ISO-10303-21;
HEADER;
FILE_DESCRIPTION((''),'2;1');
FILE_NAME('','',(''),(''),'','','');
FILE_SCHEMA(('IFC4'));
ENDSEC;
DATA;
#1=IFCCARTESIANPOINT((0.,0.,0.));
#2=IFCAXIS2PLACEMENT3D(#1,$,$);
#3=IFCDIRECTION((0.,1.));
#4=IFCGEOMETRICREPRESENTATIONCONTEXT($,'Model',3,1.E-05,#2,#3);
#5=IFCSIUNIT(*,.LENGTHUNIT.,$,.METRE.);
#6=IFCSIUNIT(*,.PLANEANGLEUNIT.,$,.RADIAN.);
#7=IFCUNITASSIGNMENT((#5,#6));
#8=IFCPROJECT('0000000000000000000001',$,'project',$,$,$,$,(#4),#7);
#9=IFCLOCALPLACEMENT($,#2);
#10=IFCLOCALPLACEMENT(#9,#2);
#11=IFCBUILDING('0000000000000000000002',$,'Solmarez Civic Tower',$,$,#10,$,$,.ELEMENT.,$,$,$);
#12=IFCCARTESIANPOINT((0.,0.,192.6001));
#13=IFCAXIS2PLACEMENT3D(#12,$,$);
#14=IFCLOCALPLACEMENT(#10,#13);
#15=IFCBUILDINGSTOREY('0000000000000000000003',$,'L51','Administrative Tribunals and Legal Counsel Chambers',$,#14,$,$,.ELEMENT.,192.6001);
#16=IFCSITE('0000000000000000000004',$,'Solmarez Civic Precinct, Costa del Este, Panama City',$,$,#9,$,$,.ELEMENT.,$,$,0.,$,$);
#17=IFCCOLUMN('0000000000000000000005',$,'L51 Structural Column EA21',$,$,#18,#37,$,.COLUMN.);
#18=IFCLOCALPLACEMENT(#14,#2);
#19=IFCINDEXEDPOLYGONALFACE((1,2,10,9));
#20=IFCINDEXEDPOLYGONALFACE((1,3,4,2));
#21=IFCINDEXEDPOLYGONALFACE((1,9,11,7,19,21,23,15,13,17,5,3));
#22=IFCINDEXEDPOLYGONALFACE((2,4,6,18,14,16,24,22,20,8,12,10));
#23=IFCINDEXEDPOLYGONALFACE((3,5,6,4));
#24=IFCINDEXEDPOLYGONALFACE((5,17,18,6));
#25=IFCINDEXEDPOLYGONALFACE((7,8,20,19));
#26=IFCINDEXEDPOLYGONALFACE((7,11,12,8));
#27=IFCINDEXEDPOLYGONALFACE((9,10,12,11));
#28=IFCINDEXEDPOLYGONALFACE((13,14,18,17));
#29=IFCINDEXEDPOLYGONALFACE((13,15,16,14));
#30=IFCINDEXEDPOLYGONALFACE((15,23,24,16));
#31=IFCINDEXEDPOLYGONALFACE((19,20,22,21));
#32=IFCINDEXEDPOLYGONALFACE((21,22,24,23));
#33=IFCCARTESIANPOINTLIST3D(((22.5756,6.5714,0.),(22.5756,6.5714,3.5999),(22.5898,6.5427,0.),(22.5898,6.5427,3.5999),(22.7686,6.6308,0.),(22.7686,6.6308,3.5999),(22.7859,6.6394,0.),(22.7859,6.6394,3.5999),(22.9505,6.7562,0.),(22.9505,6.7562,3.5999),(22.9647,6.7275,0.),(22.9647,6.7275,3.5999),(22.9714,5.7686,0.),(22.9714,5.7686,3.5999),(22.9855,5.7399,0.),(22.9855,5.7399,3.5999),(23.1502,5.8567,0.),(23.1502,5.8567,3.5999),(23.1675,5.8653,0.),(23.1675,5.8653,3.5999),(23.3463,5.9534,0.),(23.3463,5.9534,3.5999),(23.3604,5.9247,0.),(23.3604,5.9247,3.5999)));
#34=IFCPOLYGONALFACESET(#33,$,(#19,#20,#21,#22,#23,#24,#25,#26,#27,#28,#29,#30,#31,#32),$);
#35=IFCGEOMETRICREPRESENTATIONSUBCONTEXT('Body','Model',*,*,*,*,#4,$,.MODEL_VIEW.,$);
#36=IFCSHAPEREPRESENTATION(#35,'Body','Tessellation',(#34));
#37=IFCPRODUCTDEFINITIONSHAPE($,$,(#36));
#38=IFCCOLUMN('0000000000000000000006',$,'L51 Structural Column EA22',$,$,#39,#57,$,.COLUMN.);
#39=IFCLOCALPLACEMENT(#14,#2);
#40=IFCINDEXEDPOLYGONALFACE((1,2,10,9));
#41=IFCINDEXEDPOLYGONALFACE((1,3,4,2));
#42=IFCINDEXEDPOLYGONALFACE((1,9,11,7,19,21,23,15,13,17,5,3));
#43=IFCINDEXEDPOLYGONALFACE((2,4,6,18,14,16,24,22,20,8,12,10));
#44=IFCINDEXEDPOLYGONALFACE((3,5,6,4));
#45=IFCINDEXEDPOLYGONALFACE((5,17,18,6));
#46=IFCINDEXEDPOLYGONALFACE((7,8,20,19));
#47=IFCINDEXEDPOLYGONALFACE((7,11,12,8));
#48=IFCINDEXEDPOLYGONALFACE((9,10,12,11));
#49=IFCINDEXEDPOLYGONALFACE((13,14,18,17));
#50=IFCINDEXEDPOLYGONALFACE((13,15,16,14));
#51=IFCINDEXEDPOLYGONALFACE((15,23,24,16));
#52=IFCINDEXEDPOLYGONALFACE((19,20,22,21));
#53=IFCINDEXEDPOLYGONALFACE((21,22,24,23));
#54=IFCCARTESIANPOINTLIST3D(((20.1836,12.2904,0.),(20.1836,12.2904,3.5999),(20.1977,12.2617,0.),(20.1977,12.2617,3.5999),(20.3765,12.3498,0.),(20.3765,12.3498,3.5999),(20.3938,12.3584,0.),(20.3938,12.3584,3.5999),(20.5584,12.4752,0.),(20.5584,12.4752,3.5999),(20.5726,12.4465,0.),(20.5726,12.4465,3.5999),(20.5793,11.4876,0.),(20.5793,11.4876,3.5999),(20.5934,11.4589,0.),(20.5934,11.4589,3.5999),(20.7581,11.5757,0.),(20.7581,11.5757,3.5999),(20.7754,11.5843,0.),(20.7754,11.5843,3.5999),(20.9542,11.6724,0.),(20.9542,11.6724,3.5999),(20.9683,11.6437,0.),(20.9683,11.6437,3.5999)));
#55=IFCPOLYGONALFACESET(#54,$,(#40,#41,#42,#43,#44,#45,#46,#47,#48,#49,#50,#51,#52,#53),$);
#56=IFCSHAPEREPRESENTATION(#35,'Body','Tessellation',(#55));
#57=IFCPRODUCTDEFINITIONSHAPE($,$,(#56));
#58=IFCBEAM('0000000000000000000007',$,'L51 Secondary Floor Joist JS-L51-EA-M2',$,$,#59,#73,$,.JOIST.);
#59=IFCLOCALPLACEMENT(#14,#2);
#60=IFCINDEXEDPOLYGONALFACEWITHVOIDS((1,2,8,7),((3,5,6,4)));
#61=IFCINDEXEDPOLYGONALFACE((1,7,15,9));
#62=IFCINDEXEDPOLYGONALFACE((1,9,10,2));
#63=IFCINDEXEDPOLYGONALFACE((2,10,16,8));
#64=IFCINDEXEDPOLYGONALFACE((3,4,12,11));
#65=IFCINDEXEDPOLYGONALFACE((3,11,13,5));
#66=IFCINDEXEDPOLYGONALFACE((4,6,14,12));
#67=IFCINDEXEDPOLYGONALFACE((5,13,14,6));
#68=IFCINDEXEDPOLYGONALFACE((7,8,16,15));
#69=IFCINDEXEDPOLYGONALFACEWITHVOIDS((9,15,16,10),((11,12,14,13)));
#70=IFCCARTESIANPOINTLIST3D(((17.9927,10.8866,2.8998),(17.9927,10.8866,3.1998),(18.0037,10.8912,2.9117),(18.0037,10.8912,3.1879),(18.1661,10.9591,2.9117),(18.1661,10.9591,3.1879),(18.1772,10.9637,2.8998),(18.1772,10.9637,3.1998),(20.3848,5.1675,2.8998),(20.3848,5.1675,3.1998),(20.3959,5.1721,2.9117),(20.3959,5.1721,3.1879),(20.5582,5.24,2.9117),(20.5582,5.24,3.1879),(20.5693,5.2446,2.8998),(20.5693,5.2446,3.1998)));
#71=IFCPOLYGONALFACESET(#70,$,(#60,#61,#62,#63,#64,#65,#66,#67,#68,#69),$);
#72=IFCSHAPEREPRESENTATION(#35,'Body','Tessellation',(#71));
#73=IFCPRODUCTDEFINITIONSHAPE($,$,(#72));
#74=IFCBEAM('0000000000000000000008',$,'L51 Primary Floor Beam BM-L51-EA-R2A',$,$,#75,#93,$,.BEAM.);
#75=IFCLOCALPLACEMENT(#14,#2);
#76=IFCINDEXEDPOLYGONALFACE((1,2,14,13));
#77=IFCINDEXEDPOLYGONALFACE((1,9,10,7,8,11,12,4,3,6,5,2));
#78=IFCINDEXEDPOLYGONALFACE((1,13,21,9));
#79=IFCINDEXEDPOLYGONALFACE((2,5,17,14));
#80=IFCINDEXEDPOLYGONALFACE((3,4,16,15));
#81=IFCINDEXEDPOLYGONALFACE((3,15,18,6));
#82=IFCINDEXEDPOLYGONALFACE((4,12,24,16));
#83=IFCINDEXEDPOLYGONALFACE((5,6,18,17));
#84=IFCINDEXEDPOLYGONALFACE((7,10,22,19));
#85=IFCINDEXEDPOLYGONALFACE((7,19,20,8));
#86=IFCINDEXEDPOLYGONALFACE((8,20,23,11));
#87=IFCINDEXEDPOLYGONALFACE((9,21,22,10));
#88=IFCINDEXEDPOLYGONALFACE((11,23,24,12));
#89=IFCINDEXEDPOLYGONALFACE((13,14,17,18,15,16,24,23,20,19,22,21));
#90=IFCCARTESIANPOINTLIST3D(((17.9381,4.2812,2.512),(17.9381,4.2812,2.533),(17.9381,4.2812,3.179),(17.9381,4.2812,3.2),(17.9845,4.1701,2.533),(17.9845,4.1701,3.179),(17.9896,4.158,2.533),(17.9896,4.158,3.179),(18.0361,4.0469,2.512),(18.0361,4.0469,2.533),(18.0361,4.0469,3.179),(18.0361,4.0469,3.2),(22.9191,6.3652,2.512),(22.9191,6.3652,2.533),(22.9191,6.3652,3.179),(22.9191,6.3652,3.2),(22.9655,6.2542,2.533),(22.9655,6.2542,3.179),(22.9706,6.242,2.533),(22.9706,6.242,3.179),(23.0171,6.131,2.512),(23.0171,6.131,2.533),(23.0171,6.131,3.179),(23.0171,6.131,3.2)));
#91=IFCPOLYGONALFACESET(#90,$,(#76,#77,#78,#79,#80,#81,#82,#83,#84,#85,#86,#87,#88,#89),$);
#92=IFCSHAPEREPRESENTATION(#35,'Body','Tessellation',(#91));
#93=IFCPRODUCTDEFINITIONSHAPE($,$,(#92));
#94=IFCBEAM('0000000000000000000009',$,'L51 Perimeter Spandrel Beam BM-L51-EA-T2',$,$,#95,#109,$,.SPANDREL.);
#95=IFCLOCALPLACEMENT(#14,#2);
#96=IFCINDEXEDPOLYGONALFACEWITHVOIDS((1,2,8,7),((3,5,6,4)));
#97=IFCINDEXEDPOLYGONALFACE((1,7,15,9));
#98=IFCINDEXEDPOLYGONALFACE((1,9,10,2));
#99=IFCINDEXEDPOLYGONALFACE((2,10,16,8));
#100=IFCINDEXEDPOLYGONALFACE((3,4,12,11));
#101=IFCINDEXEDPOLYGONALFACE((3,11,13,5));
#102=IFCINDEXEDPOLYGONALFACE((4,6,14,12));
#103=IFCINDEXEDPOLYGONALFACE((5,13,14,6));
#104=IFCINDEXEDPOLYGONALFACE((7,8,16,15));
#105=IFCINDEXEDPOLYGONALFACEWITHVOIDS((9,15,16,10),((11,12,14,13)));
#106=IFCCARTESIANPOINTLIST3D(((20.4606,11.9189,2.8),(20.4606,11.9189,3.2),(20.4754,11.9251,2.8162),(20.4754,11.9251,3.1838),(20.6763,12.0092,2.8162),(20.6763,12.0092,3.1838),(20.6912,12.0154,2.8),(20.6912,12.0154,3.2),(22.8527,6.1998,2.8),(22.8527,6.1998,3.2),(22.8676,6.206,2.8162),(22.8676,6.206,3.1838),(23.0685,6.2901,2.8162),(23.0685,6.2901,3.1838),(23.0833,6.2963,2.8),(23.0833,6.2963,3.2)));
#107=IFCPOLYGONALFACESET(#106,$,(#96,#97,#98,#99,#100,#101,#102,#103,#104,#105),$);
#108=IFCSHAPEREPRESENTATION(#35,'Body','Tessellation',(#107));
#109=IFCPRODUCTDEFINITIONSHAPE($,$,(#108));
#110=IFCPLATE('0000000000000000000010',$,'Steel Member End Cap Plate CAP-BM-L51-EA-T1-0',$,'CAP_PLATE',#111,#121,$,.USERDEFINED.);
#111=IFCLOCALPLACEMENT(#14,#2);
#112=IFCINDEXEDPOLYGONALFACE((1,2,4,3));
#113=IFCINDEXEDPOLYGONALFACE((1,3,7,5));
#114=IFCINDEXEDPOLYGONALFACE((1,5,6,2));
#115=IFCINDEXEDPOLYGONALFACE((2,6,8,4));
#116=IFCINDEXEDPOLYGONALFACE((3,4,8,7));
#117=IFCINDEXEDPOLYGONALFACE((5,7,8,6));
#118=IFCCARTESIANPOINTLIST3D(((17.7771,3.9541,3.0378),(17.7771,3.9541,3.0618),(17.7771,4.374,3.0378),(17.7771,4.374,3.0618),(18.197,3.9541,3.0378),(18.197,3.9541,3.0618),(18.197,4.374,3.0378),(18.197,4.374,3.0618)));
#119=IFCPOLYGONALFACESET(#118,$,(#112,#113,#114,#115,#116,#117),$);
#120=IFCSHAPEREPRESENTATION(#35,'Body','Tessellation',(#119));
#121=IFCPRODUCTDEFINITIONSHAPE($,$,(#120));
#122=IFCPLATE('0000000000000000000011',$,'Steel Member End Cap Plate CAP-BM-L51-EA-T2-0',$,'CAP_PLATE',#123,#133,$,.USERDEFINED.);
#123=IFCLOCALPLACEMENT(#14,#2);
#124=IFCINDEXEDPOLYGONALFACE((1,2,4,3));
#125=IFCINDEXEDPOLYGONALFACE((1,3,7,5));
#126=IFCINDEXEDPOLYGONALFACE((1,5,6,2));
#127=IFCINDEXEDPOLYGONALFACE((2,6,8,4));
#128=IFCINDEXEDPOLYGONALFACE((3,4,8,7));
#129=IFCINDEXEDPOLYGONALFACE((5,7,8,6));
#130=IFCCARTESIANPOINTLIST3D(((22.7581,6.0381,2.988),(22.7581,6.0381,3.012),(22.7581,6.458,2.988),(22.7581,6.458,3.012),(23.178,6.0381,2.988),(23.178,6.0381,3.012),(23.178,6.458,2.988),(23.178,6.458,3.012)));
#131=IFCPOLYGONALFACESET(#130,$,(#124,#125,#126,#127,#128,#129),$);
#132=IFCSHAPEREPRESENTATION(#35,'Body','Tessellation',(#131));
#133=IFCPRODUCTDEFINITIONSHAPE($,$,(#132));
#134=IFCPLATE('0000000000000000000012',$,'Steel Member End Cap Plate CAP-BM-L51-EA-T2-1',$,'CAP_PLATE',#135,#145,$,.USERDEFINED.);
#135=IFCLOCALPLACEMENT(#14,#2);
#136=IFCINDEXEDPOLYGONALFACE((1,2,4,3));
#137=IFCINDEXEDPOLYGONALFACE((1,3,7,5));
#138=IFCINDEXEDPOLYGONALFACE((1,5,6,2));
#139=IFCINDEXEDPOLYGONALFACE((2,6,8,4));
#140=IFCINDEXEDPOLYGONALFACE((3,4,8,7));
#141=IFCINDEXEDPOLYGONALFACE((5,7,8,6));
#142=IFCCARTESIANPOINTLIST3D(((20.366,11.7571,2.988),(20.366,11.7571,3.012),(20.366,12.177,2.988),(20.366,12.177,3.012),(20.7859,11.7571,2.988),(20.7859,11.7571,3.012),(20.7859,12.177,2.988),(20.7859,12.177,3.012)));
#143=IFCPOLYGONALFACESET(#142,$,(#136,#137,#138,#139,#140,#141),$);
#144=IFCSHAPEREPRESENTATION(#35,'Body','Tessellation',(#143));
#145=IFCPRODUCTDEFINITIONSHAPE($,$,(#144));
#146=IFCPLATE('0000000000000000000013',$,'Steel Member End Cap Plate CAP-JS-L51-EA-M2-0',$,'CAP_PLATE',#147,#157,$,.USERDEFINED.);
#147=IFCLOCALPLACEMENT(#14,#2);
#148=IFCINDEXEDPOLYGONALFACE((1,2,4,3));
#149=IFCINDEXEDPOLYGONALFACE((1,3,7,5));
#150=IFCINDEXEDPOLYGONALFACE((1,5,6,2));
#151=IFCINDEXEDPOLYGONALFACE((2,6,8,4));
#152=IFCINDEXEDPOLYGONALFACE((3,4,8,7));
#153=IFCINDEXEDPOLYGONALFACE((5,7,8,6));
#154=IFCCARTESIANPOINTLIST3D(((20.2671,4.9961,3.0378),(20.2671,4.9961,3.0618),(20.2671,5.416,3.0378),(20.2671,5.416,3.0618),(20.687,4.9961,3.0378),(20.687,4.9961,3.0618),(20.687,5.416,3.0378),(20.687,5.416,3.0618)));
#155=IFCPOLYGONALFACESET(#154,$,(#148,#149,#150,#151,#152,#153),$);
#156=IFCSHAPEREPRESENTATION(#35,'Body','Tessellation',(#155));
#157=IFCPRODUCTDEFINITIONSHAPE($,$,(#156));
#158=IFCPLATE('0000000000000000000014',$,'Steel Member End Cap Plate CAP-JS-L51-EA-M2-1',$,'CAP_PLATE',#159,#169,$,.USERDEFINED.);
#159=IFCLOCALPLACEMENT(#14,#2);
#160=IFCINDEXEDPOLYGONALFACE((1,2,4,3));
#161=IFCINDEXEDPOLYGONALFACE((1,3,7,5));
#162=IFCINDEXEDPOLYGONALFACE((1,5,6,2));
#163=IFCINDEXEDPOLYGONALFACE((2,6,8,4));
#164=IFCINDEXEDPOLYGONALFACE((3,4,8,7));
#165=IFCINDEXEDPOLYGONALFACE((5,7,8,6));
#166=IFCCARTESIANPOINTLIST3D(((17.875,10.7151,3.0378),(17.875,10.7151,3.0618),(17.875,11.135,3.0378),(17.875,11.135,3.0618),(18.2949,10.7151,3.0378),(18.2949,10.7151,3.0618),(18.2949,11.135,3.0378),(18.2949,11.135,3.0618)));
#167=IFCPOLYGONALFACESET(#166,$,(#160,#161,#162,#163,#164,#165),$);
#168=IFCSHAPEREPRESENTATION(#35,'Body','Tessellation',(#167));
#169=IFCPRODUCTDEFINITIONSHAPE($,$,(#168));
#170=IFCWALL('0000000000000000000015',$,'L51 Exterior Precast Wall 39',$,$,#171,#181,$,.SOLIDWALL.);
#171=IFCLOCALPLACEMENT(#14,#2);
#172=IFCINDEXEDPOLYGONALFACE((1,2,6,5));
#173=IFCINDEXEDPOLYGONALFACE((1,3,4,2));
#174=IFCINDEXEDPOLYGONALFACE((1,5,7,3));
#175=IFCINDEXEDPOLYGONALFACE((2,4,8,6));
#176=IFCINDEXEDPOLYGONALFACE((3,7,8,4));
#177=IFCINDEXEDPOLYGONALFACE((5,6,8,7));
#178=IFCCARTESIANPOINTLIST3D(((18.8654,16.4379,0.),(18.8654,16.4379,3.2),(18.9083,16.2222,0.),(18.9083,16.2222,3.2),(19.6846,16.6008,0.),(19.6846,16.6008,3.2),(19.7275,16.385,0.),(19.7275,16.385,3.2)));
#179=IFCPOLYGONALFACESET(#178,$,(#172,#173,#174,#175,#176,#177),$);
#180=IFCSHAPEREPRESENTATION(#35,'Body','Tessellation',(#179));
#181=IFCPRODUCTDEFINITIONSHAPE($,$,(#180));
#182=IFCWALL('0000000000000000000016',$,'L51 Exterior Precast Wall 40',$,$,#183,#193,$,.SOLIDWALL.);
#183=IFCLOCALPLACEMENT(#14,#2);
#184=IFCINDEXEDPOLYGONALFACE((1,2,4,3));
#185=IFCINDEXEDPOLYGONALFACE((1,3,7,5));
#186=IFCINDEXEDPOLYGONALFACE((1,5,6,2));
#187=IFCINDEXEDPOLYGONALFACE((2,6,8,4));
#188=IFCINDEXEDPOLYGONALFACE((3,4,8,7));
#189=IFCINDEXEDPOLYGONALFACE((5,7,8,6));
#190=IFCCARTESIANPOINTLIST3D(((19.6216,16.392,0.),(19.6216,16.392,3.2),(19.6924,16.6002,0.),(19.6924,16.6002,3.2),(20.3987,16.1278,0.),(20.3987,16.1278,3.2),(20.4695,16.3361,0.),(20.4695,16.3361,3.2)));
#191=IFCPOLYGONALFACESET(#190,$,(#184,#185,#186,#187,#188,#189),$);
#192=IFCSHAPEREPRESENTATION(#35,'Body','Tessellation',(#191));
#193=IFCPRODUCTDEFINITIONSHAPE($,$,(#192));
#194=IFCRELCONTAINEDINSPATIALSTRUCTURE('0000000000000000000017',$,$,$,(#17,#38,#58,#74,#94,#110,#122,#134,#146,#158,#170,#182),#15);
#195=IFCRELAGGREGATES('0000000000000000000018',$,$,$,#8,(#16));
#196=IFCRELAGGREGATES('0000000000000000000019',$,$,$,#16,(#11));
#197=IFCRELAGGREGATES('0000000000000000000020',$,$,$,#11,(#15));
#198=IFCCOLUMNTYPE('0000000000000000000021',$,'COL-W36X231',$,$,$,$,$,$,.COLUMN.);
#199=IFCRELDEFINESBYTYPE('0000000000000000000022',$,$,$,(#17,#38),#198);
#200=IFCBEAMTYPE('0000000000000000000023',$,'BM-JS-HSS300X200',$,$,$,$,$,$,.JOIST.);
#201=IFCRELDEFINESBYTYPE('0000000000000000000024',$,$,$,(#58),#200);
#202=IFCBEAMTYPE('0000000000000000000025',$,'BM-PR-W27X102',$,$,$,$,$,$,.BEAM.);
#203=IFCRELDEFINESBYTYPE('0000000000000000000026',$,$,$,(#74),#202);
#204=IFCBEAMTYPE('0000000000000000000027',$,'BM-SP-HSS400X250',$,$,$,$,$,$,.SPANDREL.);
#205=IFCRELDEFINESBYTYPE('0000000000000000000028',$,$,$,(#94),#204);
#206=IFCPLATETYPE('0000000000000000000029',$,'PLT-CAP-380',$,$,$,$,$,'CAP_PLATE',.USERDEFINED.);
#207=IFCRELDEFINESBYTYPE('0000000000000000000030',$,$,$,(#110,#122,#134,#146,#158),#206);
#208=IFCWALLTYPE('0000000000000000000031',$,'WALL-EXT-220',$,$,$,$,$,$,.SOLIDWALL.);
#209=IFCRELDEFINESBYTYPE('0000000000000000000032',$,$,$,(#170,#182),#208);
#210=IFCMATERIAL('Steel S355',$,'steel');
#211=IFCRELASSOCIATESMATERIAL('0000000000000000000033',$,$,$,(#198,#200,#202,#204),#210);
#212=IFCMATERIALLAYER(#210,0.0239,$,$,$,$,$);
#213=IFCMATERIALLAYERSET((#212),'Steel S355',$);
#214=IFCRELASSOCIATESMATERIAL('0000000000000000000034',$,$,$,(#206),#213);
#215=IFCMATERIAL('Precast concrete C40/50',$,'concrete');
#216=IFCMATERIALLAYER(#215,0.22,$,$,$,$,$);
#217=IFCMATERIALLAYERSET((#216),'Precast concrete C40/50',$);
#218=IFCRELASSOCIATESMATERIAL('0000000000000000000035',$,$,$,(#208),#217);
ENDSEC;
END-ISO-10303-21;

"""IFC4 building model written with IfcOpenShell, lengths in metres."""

from ifc_helpers import new_model, si_unit, direction, frame, frame_2d, origin, origin_2d, place, context, subcontext, project, spatial, rectangle, hollow_rectangle, i_section, extrude, material, layer, layer_set, material_profile, profile_set, type_object, element, save


model = new_model("IFC4")

# Units and contexts
model_context = context("Model", 3, precision=1e-05, world=origin(), true_north=direction((0.0, 1.0)))
body_context = subcontext(model_context, "Body", "Model", "MODEL_VIEW")
ifc_project = project(units=[si_unit("LENGTHUNIT", "METRE"), si_unit("PLANEANGLEUNIT", "RADIAN")], contexts=[model_context])

# Site, building, storey
site_placement = place(None, origin())
site = spatial("IfcSite", under=ifc_project, at=site_placement, Name="Solmarez Civic Precinct, Costa del Este, Panama City", CompositionType="ELEMENT", RefElevation=0.0)
building_placement = place(site_placement, origin())
building = spatial("IfcBuilding", under=site, at=building_placement, Name="Solmarez Civic Tower", CompositionType="ELEMENT")
storey_placement = place(building_placement, frame((0.0, 0.0, 192.6001)))
storey = spatial("IfcBuildingStorey", under=building, at=storey_placement, Name="L51", Description="Administrative Tribunals and Legal Counsel Chambers", CompositionType="ELEMENT", Elevation=192.6001)

# Columns
ifc_material_1 = material(Name="Steel S355", Category="steel")
ifc_material_profile_1 = material_profile(ifc_material_1, i_section(OverallWidth=0.418, OverallDepth=0.927, WebThickness=0.0193, FlangeThickness=0.032, at=origin_2d()), Name="W36X231")
ifc_profile_set_1 = profile_set([ifc_material_profile_1], Name="Steel S355")
column_type = type_object("IfcColumnType", Name="COL-W36X231", PredefinedType="COLUMN", material=ifc_profile_set_1)
for number, where, z_axis, x_axis, name in (
    (1, (22.968, 6.248, 0.0), (0.0, 0.0, 1.0), (0.89695, 0.442132, 0.0), "L51 Structural Column EA21"),
    (2, (20.5759, 11.967, 0.0), (0.0, 0.0, 1.0), (0.89695, 0.442132, 0.0), "L51 Structural Column EA22"),
):
    element("IfcColumn", number, at=place(storey_placement, frame(where, z_axis=z_axis, x_axis=x_axis)), inside=storey, type_object=column_type, Name=name, PredefinedType="COLUMN", context=body_context, shape_type="SweptSolid", body=[
        extrude(i_section(OverallWidth=0.418, OverallDepth=0.927, WebThickness=0.0193, FlangeThickness=0.032, at=origin_2d()), origin(), (0.0, 0.0, 1.0), 3.5999),
    ])

# Beams
ifc_material_profile_2 = material_profile(ifc_material_1, hollow_rectangle(XDim=0.2, YDim=0.3, WallThickness=0.012, at=origin_2d()), Name="HSS300X200X12")
ifc_profile_set_2 = profile_set([ifc_material_profile_2], Name="Steel S355")
beam_type_1 = type_object("IfcBeamType", Name="BM-JS-HSS300X200", PredefinedType="JOIST", material=ifc_profile_set_2)
beam_1_placement = place(storey_placement, frame((20.4771, 5.2061, 3.0498), z_axis=(-0.385876, 0.922551, 0.0), x_axis=(-0.922551, -0.385876, 0.0)))
element("IfcBeam", 3, at=beam_1_placement, inside=storey, type_object=beam_type_1, Name="L51 Secondary Floor Joist JS-L51-EA-M2", PredefinedType="JOIST", context=body_context, shape_type="SweptSolid", body=[
    extrude(hollow_rectangle(XDim=0.2, YDim=0.3, WallThickness=0.012, at=origin_2d()), origin(), (0.0, 0.0, 1.0), 6.1992),
])
ifc_material_profile_3 = material_profile(ifc_material_1, i_section(OverallWidth=0.2539, OverallDepth=0.688, WebThickness=0.0132, FlangeThickness=0.021, at=origin_2d()), Name="W27X102")
ifc_profile_set_3 = profile_set([ifc_material_profile_3], Name="Steel S355")
beam_type_2 = type_object("IfcBeamType", Name="BM-PR-W27X102", PredefinedType="BEAM", material=ifc_profile_set_3)
beam_2_placement = place(storey_placement, frame((17.9871, 4.1641, 2.856), z_axis=(0.922511, 0.38597, 0.0), x_axis=(-0.38597, 0.922511, 0.0)))
element("IfcBeam", 4, at=beam_2_placement, inside=storey, type_object=beam_type_2, Name="L51 Primary Floor Beam BM-L51-EA-R2A", PredefinedType="BEAM", context=body_context, shape_type="SweptSolid", body=[
    extrude(i_section(OverallWidth=0.2539, OverallDepth=0.688, WebThickness=0.0132, FlangeThickness=0.021, at=origin_2d()), origin(), (0.0, 0.0, 1.0), 5.3994),
])
ifc_material_profile_4 = material_profile(ifc_material_1, hollow_rectangle(XDim=0.25, YDim=0.3999, WallThickness=0.0161, at=origin_2d()), Name="HSS400X250X16")
ifc_profile_set_4 = profile_set([ifc_material_profile_4], Name="Steel S355")
beam_type_3 = type_object("IfcBeamType", Name="BM-SP-HSS400X250", PredefinedType="SPANDREL", material=ifc_profile_set_4)
beam_3_placement = place(storey_placement, frame((22.968, 6.248, 3.0), z_axis=(-0.385876, 0.922551, 0.0), x_axis=(-0.922551, -0.385876, 0.0)))
element("IfcBeam", 5, at=beam_3_placement, inside=storey, type_object=beam_type_3, Name="L51 Perimeter Spandrel Beam BM-L51-EA-T2", PredefinedType="SPANDREL", context=body_context, shape_type="SweptSolid", body=[
    extrude(hollow_rectangle(XDim=0.25, YDim=0.3999, WallThickness=0.0161, at=origin_2d()), origin(), (0.0, 0.0, 1.0), 6.1992),
])

# Plates
ifc_layer_1 = layer(ifc_material_1, 0.0239)
ifc_layer_set_1 = layer_set([ifc_layer_1], Name="Steel S355")
plate_type = type_object("IfcPlateType", Name="PLT-CAP-380", ElementType="CAP_PLATE", PredefinedType="USERDEFINED", material=ifc_layer_set_1)
for number, where, z_axis, x_axis, name in (
    (6, (17.9871, 4.1641, 3.0378), (0.0, 0.0, 1.0), (1.0, 0.0, 0.0), "Steel Member End Cap Plate CAP-BM-L51-EA-T1-0"),
    (7, (22.968, 6.248, 2.988), (0.0, 0.0, 1.0), (1.0, 0.0, 0.0), "Steel Member End Cap Plate CAP-BM-L51-EA-T2-0"),
    (8, (20.5759, 11.967, 2.988), (0.0, 0.0, 1.0), (1.0, 0.0, 0.0), "Steel Member End Cap Plate CAP-BM-L51-EA-T2-1"),
    (9, (20.4771, 5.2061, 3.0378), (0.0, 0.0, 1.0), (1.0, 0.0, 0.0), "Steel Member End Cap Plate CAP-JS-L51-EA-M2-0"),
    (10, (18.085, 10.925, 3.0378), (0.0, 0.0, 1.0), (1.0, 0.0, 0.0), "Steel Member End Cap Plate CAP-JS-L51-EA-M2-1"),
):
    element("IfcPlate", number, at=place(storey_placement, frame(where, z_axis=z_axis, x_axis=x_axis)), inside=storey, type_object=plate_type, Name=name, ObjectType="CAP_PLATE", PredefinedType="USERDEFINED", context=body_context, shape_type="SweptSolid", body=[
        extrude(rectangle(XDim=0.4199, YDim=0.4199, at=origin_2d()), origin(), (0.0, 0.0, 1.0), 0.0239),
    ])

# Walls
ifc_material_2 = material(Name="Precast concrete C40/50", Category="concrete")
ifc_layer_2 = layer(ifc_material_2, 0.22)
ifc_layer_set_2 = layer_set([ifc_layer_2], Name="Precast concrete C40/50")
wall_type = type_object("IfcWallType", Name="WALL-EXT-220", PredefinedType="SOLIDWALL", material=ifc_layer_set_2)
wall_1_placement = place(storey_placement, frame((18.887, 16.3301, 0.0), z_axis=(0.0, 0.0, 1.0), x_axis=(0.980805, 0.194992, 0.0)))
element("IfcWall", 11, at=wall_1_placement, inside=storey, type_object=wall_type, Name="L51 Exterior Precast Wall 39", PredefinedType="SOLIDWALL", context=body_context, shape_type="SweptSolid", body=[
    extrude(rectangle(XDim=0.8352, YDim=0.22, at=frame_2d((0.4175, 0.0))), origin(), (0.0, 0.0, 1.0), 3.2),
])
wall_2_placement = place(storey_placement, frame((19.657, 16.4961, 0.0), z_axis=(0.0, 0.0, 1.0), x_axis=(0.946793, -0.321844, 0.0)))
element("IfcWall", 12, at=wall_2_placement, inside=storey, type_object=wall_type, Name="L51 Exterior Precast Wall 40", PredefinedType="SOLIDWALL", context=body_context, shape_type="SweptSolid", body=[
    extrude(rectangle(XDim=0.8208, YDim=0.22, at=frame_2d((0.4104, 0.0))), origin(), (0.0, 0.0, 1.0), 3.2),
])

save(model, "model.ifc")
